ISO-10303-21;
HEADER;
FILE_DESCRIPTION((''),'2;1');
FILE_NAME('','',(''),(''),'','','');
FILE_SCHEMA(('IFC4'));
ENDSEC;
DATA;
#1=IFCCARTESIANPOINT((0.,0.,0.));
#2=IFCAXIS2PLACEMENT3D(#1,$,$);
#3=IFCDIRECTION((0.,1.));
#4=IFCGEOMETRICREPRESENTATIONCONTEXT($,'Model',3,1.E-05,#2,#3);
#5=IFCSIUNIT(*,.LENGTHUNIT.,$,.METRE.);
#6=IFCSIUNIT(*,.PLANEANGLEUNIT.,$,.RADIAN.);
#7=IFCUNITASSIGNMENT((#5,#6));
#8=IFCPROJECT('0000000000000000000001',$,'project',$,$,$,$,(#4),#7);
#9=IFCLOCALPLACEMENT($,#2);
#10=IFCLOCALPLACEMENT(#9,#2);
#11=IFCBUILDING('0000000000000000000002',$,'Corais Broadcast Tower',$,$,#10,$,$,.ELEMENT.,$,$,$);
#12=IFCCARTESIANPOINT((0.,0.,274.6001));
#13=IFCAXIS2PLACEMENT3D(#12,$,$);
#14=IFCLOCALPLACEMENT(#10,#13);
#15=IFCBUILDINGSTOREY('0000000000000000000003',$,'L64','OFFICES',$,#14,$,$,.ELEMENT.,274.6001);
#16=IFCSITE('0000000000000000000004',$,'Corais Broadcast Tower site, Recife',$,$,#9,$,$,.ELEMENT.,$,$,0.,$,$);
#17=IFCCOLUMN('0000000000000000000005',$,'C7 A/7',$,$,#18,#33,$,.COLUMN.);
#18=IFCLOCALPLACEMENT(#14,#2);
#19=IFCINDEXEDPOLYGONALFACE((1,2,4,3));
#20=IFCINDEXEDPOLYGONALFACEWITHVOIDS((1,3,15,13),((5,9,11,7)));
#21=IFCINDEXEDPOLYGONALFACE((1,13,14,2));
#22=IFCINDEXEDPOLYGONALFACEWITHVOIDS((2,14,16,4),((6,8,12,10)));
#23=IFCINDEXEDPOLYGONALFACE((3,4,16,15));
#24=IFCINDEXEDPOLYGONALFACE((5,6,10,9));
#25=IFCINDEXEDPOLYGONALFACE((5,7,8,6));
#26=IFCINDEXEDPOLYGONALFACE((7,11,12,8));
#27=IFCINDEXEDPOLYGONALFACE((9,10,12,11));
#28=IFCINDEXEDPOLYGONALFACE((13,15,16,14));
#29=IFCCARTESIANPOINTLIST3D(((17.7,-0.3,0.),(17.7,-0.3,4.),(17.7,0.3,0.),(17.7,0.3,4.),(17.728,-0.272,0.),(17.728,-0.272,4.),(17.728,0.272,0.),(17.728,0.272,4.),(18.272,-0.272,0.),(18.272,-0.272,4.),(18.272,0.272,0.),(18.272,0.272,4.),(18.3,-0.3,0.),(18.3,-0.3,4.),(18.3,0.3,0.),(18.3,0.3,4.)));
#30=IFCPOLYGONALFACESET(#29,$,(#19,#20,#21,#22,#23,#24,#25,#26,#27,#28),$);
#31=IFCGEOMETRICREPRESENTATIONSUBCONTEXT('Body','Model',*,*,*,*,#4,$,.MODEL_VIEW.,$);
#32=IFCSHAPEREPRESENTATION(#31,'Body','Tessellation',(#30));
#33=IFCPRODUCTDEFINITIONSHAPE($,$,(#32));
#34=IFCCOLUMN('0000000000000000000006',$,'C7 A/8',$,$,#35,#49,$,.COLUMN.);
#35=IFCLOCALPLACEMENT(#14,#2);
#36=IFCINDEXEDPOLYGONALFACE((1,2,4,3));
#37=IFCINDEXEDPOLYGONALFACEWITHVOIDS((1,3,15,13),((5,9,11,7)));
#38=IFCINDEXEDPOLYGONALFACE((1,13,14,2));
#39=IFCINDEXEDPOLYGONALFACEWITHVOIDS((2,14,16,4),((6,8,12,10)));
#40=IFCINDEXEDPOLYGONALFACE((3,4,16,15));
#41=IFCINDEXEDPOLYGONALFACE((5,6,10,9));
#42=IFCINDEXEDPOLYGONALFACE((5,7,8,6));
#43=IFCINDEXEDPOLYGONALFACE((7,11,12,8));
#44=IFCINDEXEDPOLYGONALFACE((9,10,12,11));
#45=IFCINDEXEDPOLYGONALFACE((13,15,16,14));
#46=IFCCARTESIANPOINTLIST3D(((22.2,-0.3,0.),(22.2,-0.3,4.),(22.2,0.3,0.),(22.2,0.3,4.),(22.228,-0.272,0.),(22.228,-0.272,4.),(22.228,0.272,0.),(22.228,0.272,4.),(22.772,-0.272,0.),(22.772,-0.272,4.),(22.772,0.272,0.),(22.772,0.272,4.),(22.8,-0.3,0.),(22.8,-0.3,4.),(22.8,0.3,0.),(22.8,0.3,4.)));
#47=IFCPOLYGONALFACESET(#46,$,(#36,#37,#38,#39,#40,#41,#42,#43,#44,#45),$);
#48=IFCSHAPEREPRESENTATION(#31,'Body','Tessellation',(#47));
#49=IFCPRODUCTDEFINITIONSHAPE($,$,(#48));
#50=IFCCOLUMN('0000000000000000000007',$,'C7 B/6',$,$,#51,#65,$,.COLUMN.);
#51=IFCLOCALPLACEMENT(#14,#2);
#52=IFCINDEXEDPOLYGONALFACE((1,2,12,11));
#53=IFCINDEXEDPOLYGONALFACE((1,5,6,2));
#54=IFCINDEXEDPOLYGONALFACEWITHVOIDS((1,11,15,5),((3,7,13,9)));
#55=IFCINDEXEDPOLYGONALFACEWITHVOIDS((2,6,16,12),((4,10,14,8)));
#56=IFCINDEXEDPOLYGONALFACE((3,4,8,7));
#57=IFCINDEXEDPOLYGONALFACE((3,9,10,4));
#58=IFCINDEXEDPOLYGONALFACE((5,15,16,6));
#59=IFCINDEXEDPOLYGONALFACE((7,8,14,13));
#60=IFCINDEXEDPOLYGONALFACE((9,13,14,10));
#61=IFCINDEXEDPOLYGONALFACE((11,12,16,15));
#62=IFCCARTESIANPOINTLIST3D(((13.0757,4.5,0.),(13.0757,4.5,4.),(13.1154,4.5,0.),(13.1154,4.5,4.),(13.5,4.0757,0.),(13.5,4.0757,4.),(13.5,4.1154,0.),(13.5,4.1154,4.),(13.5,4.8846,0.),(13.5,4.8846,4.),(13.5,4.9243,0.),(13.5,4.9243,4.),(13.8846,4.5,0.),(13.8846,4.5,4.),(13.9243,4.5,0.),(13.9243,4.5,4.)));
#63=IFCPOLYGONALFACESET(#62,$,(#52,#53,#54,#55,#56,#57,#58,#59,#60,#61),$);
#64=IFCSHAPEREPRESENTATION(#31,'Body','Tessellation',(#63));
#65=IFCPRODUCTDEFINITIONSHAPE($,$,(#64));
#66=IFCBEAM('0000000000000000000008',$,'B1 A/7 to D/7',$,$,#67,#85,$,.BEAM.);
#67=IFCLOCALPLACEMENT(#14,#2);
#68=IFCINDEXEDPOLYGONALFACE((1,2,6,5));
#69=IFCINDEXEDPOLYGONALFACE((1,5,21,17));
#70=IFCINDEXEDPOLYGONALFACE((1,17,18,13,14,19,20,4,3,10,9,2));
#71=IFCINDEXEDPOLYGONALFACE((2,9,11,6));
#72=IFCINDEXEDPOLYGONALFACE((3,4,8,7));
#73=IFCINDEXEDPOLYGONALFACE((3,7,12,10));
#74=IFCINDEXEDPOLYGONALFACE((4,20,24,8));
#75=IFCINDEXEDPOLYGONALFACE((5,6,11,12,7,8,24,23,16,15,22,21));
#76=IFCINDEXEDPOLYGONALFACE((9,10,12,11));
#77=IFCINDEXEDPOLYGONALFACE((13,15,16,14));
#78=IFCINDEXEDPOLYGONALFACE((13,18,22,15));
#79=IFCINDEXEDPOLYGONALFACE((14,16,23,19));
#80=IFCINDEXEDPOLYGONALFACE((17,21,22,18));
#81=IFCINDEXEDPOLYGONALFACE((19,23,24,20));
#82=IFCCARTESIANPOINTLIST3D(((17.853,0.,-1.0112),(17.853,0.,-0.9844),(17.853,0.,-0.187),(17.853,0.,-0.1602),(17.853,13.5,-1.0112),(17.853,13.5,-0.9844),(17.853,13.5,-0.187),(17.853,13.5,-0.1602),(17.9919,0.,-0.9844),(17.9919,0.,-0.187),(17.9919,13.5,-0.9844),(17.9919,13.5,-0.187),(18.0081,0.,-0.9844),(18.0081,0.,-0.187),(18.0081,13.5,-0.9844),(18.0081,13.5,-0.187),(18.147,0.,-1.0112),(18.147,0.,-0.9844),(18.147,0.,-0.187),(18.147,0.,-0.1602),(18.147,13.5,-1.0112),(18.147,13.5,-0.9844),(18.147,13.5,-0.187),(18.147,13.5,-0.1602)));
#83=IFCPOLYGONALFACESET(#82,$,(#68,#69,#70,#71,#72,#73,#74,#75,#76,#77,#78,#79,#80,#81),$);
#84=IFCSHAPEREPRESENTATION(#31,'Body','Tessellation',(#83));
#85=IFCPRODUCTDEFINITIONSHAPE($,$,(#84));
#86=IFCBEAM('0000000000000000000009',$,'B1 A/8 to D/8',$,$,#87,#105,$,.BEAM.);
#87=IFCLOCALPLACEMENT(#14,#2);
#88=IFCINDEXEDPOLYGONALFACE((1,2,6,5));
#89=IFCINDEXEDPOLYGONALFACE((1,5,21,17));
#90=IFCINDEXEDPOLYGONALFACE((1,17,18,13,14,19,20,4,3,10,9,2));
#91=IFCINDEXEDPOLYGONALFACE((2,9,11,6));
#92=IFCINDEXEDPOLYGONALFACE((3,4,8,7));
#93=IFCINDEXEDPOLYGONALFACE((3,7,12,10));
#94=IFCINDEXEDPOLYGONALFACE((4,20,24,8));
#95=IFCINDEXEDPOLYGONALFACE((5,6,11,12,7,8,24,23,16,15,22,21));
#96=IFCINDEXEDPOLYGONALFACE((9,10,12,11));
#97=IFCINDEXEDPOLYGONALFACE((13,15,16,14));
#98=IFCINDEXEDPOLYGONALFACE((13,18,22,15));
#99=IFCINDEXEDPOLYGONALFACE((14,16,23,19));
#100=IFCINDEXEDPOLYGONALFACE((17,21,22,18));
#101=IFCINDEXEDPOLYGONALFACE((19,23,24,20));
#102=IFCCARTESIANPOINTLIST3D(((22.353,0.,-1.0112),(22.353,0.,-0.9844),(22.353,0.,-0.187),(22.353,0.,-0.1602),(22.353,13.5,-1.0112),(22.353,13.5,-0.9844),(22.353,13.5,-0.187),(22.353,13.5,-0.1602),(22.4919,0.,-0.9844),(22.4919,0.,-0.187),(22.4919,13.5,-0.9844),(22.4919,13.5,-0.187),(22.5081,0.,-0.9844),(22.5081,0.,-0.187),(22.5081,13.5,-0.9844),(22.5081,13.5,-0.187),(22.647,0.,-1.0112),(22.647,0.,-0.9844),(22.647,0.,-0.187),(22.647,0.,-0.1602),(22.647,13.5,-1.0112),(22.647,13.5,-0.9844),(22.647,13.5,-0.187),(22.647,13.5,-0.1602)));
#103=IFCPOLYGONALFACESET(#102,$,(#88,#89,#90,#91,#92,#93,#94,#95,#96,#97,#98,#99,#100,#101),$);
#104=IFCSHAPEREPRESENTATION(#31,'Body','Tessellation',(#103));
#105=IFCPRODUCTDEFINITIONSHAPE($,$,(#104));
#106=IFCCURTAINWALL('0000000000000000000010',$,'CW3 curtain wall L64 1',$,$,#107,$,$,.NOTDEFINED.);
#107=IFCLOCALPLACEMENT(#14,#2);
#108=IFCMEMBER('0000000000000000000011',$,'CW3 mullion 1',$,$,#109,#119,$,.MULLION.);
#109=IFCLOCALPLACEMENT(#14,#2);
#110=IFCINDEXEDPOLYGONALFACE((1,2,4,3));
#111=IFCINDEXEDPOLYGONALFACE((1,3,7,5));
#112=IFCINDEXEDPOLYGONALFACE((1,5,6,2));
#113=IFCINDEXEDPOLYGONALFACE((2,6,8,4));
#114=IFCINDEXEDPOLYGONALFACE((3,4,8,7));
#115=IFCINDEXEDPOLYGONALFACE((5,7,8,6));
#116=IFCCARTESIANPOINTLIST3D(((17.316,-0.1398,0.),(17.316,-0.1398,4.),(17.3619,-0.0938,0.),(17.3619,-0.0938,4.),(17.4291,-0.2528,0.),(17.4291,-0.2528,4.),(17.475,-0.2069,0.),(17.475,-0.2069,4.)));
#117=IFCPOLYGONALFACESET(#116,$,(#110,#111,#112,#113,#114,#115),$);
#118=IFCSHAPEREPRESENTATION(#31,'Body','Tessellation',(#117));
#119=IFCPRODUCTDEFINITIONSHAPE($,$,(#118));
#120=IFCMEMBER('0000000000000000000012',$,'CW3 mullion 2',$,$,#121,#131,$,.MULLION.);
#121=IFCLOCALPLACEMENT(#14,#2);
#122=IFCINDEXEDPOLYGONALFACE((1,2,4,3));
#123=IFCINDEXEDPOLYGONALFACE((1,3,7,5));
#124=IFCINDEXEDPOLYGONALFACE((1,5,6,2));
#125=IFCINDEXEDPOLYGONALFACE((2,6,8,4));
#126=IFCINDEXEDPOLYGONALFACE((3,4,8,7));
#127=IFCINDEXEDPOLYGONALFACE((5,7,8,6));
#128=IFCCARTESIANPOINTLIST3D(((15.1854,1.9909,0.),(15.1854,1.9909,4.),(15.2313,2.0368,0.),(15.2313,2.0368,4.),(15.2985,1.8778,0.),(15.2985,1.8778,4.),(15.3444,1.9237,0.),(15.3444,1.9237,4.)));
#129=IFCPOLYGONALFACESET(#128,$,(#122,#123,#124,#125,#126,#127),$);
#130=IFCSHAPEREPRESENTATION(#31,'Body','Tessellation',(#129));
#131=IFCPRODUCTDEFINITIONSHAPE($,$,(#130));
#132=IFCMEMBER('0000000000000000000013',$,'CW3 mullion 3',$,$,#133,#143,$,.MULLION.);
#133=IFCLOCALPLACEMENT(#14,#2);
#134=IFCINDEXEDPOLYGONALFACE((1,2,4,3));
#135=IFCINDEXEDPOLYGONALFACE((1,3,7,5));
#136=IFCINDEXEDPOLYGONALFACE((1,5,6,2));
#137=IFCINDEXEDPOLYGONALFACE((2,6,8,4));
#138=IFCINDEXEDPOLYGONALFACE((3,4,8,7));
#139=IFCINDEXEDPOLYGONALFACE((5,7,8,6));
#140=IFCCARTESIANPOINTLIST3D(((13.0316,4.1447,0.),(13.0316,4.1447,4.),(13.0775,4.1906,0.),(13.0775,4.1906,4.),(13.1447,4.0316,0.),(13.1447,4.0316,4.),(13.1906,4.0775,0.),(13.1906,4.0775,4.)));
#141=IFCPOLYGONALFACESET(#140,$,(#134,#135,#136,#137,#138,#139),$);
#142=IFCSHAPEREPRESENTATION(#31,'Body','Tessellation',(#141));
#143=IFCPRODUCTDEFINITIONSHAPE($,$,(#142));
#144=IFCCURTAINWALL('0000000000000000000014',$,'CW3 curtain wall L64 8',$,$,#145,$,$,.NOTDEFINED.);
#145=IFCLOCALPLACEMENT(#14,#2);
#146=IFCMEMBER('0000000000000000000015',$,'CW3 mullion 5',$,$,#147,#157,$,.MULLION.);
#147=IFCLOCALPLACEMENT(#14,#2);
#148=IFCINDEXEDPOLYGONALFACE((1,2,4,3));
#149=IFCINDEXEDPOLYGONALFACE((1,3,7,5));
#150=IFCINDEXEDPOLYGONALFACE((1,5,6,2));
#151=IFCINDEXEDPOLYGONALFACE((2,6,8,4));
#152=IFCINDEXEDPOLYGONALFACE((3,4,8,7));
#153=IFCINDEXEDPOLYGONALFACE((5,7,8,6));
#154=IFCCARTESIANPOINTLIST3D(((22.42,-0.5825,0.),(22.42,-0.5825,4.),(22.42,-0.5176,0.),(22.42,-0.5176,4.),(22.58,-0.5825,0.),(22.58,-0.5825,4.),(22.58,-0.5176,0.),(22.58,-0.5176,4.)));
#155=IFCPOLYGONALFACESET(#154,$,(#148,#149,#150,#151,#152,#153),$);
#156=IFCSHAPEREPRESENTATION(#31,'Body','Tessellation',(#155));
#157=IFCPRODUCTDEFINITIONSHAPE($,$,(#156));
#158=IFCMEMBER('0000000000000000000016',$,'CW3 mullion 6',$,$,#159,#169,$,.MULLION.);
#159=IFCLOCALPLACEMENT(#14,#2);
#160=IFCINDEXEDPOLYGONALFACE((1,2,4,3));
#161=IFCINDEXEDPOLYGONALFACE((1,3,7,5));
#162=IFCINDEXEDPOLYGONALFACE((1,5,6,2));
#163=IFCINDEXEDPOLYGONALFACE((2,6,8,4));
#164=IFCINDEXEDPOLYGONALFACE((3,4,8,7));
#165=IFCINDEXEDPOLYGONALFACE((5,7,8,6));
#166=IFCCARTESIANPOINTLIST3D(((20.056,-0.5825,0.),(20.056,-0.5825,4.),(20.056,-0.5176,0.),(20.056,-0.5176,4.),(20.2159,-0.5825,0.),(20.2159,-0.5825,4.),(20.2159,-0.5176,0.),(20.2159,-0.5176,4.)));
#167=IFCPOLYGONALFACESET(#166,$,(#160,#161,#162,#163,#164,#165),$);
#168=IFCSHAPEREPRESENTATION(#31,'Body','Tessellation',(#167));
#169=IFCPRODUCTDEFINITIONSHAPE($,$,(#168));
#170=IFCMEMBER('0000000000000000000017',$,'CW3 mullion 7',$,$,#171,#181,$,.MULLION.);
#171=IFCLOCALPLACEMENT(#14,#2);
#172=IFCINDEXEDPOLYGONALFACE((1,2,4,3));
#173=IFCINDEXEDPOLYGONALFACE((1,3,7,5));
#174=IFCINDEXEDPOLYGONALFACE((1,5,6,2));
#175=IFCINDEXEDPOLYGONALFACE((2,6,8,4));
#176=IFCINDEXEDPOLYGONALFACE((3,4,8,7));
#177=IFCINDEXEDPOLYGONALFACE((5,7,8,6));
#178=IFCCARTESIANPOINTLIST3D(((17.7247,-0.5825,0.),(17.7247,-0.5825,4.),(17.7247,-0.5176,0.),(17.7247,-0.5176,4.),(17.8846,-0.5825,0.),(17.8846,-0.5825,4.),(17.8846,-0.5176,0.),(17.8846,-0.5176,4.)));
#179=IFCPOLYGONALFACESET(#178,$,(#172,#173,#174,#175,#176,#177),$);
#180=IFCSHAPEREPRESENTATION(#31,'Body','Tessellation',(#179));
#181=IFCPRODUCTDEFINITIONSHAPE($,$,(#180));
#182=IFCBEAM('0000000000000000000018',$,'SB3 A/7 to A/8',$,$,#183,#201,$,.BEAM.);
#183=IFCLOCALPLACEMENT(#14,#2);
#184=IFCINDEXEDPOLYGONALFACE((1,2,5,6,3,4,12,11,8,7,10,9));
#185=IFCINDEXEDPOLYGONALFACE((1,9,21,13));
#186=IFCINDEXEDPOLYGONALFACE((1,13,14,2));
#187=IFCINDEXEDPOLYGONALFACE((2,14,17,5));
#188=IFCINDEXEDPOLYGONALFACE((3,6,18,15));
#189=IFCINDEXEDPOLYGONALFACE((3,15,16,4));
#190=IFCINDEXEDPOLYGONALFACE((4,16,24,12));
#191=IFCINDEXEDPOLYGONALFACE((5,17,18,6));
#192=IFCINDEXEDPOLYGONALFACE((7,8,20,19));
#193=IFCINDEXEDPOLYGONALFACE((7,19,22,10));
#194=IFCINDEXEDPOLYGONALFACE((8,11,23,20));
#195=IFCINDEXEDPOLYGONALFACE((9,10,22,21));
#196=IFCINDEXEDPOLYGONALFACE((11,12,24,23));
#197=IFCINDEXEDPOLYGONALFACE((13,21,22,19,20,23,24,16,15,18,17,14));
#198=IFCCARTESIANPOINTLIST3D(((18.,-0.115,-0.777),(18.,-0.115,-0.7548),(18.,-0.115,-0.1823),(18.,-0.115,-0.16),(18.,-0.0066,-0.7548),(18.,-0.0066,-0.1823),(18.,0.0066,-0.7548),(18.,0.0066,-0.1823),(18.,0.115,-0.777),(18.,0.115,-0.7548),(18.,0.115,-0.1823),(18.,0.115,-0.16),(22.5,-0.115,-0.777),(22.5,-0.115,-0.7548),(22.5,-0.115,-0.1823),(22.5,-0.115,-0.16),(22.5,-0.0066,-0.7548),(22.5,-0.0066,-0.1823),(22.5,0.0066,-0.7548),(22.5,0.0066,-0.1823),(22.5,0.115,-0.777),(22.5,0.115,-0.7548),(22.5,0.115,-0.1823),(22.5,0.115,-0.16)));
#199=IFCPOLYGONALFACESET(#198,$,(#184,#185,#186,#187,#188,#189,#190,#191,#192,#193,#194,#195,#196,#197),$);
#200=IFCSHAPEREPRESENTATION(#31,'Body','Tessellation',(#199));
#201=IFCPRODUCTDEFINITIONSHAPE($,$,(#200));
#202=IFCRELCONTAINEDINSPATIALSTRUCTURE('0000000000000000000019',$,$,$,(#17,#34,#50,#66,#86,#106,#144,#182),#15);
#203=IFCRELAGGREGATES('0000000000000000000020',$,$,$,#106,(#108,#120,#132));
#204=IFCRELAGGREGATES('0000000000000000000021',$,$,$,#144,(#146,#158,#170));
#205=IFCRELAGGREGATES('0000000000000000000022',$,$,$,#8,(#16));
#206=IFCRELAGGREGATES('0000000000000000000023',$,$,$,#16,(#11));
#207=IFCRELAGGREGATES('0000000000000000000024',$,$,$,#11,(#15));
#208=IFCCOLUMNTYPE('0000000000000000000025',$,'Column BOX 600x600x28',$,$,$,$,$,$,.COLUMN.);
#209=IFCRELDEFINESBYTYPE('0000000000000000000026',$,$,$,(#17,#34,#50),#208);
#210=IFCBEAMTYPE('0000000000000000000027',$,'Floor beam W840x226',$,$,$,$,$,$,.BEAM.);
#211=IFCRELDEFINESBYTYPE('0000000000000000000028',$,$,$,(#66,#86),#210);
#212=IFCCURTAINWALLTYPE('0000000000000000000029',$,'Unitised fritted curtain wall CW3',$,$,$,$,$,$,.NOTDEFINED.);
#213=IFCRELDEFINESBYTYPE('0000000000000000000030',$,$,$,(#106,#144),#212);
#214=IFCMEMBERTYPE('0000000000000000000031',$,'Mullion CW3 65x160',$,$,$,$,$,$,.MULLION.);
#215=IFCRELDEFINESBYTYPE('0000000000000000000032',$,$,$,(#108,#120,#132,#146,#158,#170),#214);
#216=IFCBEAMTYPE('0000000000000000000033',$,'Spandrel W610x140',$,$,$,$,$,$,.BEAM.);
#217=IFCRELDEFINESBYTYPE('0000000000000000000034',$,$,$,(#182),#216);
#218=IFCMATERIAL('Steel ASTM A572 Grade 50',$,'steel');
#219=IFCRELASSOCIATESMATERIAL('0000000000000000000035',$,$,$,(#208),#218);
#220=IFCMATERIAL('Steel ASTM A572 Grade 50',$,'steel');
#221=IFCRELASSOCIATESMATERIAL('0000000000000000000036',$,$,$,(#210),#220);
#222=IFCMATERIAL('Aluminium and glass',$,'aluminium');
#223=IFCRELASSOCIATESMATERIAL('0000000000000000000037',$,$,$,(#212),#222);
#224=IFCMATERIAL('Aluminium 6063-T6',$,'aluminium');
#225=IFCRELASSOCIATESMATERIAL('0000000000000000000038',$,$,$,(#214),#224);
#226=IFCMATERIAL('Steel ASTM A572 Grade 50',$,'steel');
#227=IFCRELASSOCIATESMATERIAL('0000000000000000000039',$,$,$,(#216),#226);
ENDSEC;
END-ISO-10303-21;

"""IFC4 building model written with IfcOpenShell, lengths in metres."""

from ifc_helpers import new_model, si_unit, direction, frame, origin, origin_2d, place, context, subcontext, project, spatial, rectangle, hollow_rectangle, i_section, extrude, material, material_profile, profile_set, type_object, element, aggregate, save


model = new_model("IFC4")

# Units and contexts
model_context = context("Model", 3, precision=1e-05, world=origin(), true_north=direction((0.0, 1.0)))
body_context = subcontext(model_context, "Body", "Model", "MODEL_VIEW")
ifc_project = project(units=[si_unit("LENGTHUNIT", "METRE"), si_unit("PLANEANGLEUNIT", "RADIAN")], contexts=[model_context])

# Site, building, storey
site_placement = place(None, origin())
site = spatial("IfcSite", under=ifc_project, at=site_placement, Name="Corais Broadcast Tower site, Recife", CompositionType="ELEMENT", RefElevation=0.0)
building_placement = place(site_placement, origin())
building = spatial("IfcBuilding", under=site, at=building_placement, Name="Corais Broadcast Tower", CompositionType="ELEMENT")
storey_placement = place(building_placement, frame((0.0, 0.0, 274.6001)))
storey = spatial("IfcBuildingStorey", under=building, at=storey_placement, Name="L64", Description="OFFICES", CompositionType="ELEMENT", Elevation=274.6001)

# Columns
ifc_material_1 = material(Name="Steel ASTM A572 Grade 50", Category="steel")
ifc_material_profile_1 = material_profile(ifc_material_1, hollow_rectangle(XDim=0.6001, YDim=0.6001, WallThickness=0.0281, at=origin_2d()), Name="BOX 600x600x28")
ifc_profile_set_1 = profile_set([ifc_material_profile_1], Name="Steel ASTM A572 Grade 50")
column_type = type_object("IfcColumnType", Name="Column BOX 600x600x28", PredefinedType="COLUMN", material=ifc_profile_set_1)
for number, where, z_axis, x_axis, name in (
    (1, (18.0, 0.0, 0.0), (0.0, 0.0, 1.0), (1.0, 0.0, 0.0), "C7 A/7"),
    (2, (22.5, 0.0, 0.0), (0.0, 0.0, 1.0), (1.0, 0.0, 0.0), "C7 A/8"),
    (3, (13.5, 4.5, 0.0), (0.0, 0.0, 1.0), (0.707107, 0.707107, 0.0), "C7 B/6"),
):
    element("IfcColumn", number, at=place(storey_placement, frame(where, z_axis=z_axis, x_axis=x_axis)), inside=storey, type_object=column_type, Name=name, PredefinedType="COLUMN", context=body_context, shape_type="SweptSolid", body=[
        extrude(hollow_rectangle(XDim=0.6001, YDim=0.6001, WallThickness=0.0281, at=origin_2d()), origin(), (0.0, 0.0, 1.0), 4.0),
    ])

# Beams
ifc_material_2 = material(Name="Steel ASTM A572 Grade 50", Category="steel")
ifc_material_profile_2 = material_profile(ifc_material_2, i_section(OverallWidth=0.2939, OverallDepth=0.8511, WebThickness=0.0161, FlangeThickness=0.0269, at=origin_2d()), Name="W840x226")
ifc_profile_set_2 = profile_set([ifc_material_profile_2], Name="Steel ASTM A572 Grade 50")
beam_type_1 = type_object("IfcBeamType", Name="Floor beam W840x226", PredefinedType="BEAM", material=ifc_profile_set_2)
for number, where, z_axis, x_axis, name in (
    (4, (18.0, 0.0, -0.5857), (0.0, 1.0, 0.0), (-1.0, 0.0, 0.0), "B1 A/7 to D/7"),
    (5, (22.5, 0.0, -0.5857), (0.0, 1.0, 0.0), (-1.0, 0.0, 0.0), "B1 A/8 to D/8"),
):
    element("IfcBeam", number, at=place(storey_placement, frame(where, z_axis=z_axis, x_axis=x_axis)), inside=storey, type_object=beam_type_1, Name=name, PredefinedType="BEAM", context=body_context, shape_type="SweptSolid", body=[
        extrude(i_section(OverallWidth=0.2939, OverallDepth=0.8511, WebThickness=0.0161, FlangeThickness=0.0269, at=origin_2d()), origin(), (0.0, 0.0, 1.0), 13.5),
    ])

# Curtain walls, members
ifc_material_3 = material(Name="Aluminium and glass", Category="aluminium")
curtain_wall_type = type_object("IfcCurtainWallType", Name="Unitised fritted curtain wall CW3", PredefinedType="NOTDEFINED", material=ifc_material_3)
curtain_wall_1_placement = place(storey_placement, origin())
curtain_wall_1 = element("IfcCurtainWall", 6, at=curtain_wall_1_placement, inside=storey, type_object=curtain_wall_type, Name="CW3 curtain wall L64 1", PredefinedType="NOTDEFINED")
ifc_material_4 = material(Name="Aluminium 6063-T6", Category="aluminium")
ifc_material_profile_3 = material_profile(ifc_material_4, rectangle(XDim=0.0649, YDim=0.1599, at=origin_2d()), Name="Mullion CW3 65x160")
ifc_profile_set_3 = profile_set([ifc_material_profile_3], Name="Aluminium 6063-T6")
member_type_1 = type_object("IfcMemberType", Name="Mullion CW3 65x160", PredefinedType="MULLION", material=ifc_profile_set_3)
member_1_placement = place(storey_placement, frame((17.3955, -0.1733, 0.0), z_axis=(0.0, 0.0, 1.0), x_axis=(-0.707107, -0.707107, 0.0)))
member_1 = element("IfcMember", 7, at=member_1_placement, type_object=member_type_1, Name="CW3 mullion 1", PredefinedType="MULLION", context=body_context, shape_type="SweptSolid", body=[
    extrude(rectangle(XDim=0.0649, YDim=0.1599, at=origin_2d()), origin(), (0.0, 0.0, 1.0), 4.0),
])
member_2_placement = place(storey_placement, frame((15.2649, 1.9573, 0.0), z_axis=(0.0, 0.0, 1.0), x_axis=(-0.707107, -0.707107, 0.0)))
member_2 = element("IfcMember", 8, at=member_2_placement, type_object=member_type_1, Name="CW3 mullion 2", PredefinedType="MULLION", context=body_context, shape_type="SweptSolid", body=[
    extrude(rectangle(XDim=0.0649, YDim=0.1599, at=origin_2d()), origin(), (0.0, 0.0, 1.0), 4.0),
])
member_3_placement = place(storey_placement, frame((13.1111, 4.1111, 0.0), z_axis=(0.0, 0.0, 1.0), x_axis=(-0.707107, -0.707107, 0.0)))
member_3 = element("IfcMember", 9, at=member_3_placement, type_object=member_type_1, Name="CW3 mullion 3", PredefinedType="MULLION", context=body_context, shape_type="SweptSolid", body=[
    extrude(rectangle(XDim=0.0649, YDim=0.1599, at=origin_2d()), origin(), (0.0, 0.0, 1.0), 4.0),
])
curtain_wall_2_placement = place(storey_placement, origin())
curtain_wall_2 = element("IfcCurtainWall", 10, at=curtain_wall_2_placement, inside=storey, type_object=curtain_wall_type, Name="CW3 curtain wall L64 8", PredefinedType="NOTDEFINED")
member_4_placement = place(storey_placement, frame((22.5, -0.55, 0.0), z_axis=(0.0, 0.0, 1.0), x_axis=(0.0, -1.0, 0.0)))
member_4 = element("IfcMember", 11, at=member_4_placement, type_object=member_type_1, Name="CW3 mullion 5", PredefinedType="MULLION", context=body_context, shape_type="SweptSolid", body=[
    extrude(rectangle(XDim=0.0649, YDim=0.1599, at=origin_2d()), origin(), (0.0, 0.0, 1.0), 4.0),
])
member_5_placement = place(storey_placement, frame((20.136, -0.55, 0.0), z_axis=(0.0, 0.0, 1.0), x_axis=(0.0, -1.0, 0.0)))
member_5 = element("IfcMember", 12, at=member_5_placement, type_object=member_type_1, Name="CW3 mullion 6", PredefinedType="MULLION", context=body_context, shape_type="SweptSolid", body=[
    extrude(rectangle(XDim=0.0649, YDim=0.1599, at=origin_2d()), origin(), (0.0, 0.0, 1.0), 4.0),
])
member_6_placement = place(storey_placement, frame((17.8047, -0.55, 0.0), z_axis=(0.0, 0.0, 1.0), x_axis=(0.0, -1.0, 0.0)))
member_6 = element("IfcMember", 13, at=member_6_placement, type_object=member_type_1, Name="CW3 mullion 7", PredefinedType="MULLION", context=body_context, shape_type="SweptSolid", body=[
    extrude(rectangle(XDim=0.0649, YDim=0.1599, at=origin_2d()), origin(), (0.0, 0.0, 1.0), 4.0),
])

# Beam
ifc_material_5 = material(Name="Steel ASTM A572 Grade 50", Category="steel")
ifc_material_profile_4 = material_profile(ifc_material_5, i_section(OverallWidth=0.23, OverallDepth=0.6169, WebThickness=0.0132, FlangeThickness=0.0222, at=origin_2d()), Name="W610x140")
ifc_profile_set_4 = profile_set([ifc_material_profile_4], Name="Steel ASTM A572 Grade 50")
beam_type_2 = type_object("IfcBeamType", Name="Spandrel W610x140", PredefinedType="BEAM", material=ifc_profile_set_4)
for number, where, z_axis, x_axis, name in (
    (14, (18.0, 0.0, -0.4685), (1.0, 0.0, 0.0), (0.0, 1.0, 0.0), "SB3 A/7 to A/8"),
):
    element("IfcBeam", number, at=place(storey_placement, frame(where, z_axis=z_axis, x_axis=x_axis)), inside=storey, type_object=beam_type_2, Name=name, PredefinedType="BEAM", context=body_context, shape_type="SweptSolid", body=[
        extrude(i_section(OverallWidth=0.23, OverallDepth=0.6169, WebThickness=0.0132, FlangeThickness=0.0222, at=origin_2d()), origin(), (0.0, 0.0, 1.0), 4.5),
    ])

aggregate(curtain_wall_1, [member_1, member_2, member_3])
aggregate(curtain_wall_2, [member_4, member_5, member_6])

save(model, "model.ifc")
